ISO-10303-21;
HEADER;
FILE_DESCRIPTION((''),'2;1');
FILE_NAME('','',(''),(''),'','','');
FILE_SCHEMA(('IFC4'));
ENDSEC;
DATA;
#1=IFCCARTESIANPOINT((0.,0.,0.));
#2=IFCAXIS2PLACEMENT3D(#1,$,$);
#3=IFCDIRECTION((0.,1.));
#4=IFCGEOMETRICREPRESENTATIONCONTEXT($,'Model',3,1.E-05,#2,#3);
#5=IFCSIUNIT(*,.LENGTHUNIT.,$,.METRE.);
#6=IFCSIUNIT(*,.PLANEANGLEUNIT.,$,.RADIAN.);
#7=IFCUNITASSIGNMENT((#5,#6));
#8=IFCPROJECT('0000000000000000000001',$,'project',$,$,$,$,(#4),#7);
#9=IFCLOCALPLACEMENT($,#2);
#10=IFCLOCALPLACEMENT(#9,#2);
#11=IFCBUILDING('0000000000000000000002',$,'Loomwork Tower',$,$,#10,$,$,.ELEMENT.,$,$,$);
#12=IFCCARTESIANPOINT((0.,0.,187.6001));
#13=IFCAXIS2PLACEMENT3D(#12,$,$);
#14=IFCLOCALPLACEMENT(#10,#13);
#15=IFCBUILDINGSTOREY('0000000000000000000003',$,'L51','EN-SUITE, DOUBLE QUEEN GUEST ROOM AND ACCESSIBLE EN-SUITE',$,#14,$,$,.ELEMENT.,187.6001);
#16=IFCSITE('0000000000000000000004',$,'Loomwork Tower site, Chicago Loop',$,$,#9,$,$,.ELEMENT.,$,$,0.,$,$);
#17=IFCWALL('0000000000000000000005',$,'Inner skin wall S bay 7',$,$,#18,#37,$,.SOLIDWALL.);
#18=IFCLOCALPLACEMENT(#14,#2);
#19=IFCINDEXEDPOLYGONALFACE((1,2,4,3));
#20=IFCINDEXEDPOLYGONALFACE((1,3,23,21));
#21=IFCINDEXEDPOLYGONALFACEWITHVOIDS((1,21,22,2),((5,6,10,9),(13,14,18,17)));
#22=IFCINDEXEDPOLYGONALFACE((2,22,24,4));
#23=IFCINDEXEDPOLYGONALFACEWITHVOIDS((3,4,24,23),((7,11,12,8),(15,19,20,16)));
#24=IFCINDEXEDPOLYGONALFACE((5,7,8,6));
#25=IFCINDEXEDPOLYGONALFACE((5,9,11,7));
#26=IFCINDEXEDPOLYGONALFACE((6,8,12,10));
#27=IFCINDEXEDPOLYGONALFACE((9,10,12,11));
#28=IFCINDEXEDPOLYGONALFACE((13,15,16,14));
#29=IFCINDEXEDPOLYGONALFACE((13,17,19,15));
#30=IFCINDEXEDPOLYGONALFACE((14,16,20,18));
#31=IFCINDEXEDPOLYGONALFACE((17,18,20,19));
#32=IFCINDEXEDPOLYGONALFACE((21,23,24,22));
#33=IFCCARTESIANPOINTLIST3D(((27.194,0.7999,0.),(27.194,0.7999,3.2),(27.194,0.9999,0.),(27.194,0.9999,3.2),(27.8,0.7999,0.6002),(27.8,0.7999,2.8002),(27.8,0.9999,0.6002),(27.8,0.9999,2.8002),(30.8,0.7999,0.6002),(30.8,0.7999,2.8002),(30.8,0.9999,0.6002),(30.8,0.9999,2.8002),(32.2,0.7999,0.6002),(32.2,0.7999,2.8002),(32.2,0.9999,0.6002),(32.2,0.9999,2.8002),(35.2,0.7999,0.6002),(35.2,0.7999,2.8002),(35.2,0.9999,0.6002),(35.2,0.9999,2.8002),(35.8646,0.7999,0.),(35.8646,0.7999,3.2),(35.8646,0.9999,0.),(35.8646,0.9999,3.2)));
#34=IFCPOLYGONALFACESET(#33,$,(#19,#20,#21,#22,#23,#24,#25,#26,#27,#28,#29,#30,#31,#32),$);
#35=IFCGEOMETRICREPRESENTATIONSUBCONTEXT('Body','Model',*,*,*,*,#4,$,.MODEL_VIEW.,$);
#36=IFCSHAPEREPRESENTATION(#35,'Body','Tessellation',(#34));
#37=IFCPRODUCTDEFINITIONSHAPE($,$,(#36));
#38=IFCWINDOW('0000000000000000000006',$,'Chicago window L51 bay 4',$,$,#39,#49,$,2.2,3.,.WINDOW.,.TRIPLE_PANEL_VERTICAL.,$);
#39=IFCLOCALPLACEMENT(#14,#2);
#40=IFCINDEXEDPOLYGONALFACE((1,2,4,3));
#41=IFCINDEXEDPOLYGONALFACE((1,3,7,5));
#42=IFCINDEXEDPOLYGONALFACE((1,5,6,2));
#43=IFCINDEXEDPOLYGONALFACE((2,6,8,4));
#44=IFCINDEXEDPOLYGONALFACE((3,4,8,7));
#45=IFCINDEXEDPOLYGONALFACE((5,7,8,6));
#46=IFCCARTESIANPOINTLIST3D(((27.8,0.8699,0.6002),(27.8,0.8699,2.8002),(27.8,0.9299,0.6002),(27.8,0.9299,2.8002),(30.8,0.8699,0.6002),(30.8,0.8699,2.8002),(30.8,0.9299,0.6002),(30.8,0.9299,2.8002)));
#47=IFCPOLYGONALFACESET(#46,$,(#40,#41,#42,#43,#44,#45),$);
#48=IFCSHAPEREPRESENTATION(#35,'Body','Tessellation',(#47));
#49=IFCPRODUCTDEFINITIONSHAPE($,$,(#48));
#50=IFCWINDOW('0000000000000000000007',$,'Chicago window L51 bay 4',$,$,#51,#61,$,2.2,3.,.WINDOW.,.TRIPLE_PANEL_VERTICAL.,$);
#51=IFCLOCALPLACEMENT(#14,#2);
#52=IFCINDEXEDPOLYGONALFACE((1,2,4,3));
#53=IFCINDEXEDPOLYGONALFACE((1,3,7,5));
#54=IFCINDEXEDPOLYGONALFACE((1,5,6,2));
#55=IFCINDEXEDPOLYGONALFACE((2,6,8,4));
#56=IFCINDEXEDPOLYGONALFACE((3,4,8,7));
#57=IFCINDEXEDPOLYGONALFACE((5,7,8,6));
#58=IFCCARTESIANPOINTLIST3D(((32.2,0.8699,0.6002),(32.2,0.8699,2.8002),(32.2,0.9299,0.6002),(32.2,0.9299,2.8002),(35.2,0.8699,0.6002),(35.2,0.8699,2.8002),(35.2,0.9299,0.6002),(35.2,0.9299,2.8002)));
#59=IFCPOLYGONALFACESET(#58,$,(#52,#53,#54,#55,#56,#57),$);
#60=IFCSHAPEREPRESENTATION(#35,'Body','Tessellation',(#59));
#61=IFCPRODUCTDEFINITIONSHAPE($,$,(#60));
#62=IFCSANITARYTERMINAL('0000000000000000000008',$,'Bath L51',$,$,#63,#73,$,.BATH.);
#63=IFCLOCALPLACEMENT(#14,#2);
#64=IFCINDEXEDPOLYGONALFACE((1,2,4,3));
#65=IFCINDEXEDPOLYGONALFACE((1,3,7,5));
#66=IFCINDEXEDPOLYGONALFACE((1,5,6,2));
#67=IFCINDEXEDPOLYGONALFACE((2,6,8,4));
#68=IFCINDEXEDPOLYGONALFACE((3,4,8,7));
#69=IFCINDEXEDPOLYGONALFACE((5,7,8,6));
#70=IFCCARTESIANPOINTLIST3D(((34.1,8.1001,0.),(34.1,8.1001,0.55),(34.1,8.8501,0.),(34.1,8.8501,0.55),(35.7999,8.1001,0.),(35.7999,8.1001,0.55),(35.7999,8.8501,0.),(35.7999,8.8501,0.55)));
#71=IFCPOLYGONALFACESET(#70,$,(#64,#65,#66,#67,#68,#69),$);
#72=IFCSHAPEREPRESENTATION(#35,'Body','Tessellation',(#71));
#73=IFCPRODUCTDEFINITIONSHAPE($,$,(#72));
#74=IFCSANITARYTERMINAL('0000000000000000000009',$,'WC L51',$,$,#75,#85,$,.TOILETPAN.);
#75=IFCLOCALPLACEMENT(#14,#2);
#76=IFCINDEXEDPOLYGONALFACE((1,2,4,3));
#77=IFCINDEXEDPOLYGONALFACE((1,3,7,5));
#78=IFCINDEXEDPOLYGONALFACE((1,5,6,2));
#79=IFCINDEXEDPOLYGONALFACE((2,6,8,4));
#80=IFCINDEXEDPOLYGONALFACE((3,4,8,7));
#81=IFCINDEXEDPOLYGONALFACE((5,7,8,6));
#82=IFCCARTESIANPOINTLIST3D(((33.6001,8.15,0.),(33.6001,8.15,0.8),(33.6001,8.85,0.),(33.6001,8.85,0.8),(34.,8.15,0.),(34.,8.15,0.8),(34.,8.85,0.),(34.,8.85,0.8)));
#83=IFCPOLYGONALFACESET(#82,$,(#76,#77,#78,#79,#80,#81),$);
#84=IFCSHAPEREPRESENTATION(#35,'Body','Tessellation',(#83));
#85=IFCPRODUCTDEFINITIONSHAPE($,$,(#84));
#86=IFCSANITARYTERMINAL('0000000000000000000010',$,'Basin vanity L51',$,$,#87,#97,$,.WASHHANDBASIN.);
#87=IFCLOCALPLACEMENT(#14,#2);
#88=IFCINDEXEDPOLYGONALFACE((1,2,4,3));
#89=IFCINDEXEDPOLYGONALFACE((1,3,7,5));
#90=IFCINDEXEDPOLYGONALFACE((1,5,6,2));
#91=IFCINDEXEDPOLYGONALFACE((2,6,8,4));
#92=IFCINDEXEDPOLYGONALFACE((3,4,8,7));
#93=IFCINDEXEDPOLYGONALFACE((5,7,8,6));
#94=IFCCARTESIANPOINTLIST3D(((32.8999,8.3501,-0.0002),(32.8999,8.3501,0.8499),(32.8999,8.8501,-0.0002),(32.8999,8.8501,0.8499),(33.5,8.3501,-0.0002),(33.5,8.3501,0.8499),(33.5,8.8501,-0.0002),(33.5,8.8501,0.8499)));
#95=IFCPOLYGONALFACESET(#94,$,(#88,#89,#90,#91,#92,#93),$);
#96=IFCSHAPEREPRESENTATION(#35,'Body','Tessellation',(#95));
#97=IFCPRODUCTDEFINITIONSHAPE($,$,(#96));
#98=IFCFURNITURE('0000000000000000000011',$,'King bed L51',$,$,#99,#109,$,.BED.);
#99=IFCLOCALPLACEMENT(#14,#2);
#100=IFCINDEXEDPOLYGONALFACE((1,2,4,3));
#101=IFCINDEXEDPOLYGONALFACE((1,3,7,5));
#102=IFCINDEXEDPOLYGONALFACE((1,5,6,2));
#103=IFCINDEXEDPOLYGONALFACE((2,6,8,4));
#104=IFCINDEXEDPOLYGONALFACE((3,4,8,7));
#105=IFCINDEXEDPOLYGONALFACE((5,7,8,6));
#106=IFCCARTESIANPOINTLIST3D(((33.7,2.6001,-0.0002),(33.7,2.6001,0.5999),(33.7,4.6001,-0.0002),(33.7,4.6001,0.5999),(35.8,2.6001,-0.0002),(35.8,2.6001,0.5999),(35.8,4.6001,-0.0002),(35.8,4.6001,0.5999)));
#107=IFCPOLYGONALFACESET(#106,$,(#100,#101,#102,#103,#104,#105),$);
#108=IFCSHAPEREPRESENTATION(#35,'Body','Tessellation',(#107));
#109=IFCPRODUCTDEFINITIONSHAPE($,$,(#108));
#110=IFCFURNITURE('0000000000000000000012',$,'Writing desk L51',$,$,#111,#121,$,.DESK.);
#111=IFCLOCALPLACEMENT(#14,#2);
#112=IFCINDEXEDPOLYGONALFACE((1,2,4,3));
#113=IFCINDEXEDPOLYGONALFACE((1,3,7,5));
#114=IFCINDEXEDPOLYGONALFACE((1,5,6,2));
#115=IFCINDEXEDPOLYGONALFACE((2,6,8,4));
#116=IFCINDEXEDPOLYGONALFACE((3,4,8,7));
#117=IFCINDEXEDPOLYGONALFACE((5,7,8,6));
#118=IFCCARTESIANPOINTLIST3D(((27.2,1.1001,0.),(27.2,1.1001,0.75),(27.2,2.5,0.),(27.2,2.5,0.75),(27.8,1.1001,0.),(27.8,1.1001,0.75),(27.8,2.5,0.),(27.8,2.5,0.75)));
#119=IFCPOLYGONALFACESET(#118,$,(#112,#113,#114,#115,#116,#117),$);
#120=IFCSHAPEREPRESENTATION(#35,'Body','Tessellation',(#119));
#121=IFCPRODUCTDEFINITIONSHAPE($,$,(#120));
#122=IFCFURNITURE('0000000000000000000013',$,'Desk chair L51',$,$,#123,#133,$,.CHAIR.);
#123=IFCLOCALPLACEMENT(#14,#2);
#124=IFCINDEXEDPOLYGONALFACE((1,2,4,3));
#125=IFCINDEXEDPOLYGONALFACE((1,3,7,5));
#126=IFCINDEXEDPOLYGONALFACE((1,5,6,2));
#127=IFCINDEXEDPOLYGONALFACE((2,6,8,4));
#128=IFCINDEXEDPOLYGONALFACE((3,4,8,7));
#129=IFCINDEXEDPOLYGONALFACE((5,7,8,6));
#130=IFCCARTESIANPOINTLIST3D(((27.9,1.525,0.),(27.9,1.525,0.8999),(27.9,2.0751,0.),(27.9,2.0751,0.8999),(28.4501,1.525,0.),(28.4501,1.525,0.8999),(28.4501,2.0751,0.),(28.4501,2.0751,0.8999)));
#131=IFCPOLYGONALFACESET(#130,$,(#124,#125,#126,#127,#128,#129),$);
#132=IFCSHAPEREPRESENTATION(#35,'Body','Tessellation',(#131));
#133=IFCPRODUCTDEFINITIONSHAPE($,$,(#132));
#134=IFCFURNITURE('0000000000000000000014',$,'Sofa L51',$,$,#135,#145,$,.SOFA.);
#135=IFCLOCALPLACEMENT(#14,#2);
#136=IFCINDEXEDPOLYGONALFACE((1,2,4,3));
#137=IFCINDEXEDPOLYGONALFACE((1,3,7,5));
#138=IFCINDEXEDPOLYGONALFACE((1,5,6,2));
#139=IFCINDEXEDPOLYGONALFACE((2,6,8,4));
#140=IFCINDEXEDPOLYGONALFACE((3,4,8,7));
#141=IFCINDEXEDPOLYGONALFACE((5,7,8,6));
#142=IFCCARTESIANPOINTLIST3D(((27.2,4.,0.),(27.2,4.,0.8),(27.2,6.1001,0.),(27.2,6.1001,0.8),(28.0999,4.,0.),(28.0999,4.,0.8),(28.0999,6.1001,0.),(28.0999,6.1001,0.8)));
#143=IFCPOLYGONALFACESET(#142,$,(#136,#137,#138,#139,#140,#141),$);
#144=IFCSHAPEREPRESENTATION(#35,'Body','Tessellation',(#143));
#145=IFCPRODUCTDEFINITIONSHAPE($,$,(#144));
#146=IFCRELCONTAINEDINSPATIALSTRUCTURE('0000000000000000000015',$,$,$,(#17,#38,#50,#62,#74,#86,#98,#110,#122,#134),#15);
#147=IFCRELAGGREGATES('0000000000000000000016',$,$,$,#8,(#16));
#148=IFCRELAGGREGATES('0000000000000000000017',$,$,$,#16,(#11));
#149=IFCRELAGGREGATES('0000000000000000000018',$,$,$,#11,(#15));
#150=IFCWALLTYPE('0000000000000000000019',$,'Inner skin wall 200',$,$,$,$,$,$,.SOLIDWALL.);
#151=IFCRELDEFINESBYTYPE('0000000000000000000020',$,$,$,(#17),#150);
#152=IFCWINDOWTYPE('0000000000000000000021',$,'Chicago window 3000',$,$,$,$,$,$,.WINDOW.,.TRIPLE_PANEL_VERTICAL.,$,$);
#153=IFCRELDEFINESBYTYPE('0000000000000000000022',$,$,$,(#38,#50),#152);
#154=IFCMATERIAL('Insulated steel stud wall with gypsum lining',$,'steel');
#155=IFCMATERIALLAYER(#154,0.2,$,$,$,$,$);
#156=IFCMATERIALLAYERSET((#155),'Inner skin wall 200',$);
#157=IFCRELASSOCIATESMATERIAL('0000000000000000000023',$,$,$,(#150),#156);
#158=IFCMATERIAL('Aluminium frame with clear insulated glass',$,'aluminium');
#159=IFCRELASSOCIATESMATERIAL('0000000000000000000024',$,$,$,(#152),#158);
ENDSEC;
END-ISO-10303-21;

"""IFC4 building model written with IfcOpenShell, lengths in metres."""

from ifc_helpers import new_model, si_unit, direction, frame, frame_2d, origin, origin_2d, place, context, subcontext, project, spatial, rectangle, extrude, material, layer, layer_set, type_object, element, fill, save


model = new_model("IFC4")

# Units and contexts
model_context = context("Model", 3, precision=1e-05, world=origin(), true_north=direction((0.0, 1.0)))
body_context = subcontext(model_context, "Body", "Model", "MODEL_VIEW")
ifc_project = project(units=[si_unit("LENGTHUNIT", "METRE"), si_unit("PLANEANGLEUNIT", "RADIAN")], contexts=[model_context])

# Site, building, storey
site_placement = place(None, origin())
site = spatial("IfcSite", under=ifc_project, at=site_placement, Name="Loomwork Tower site, Chicago Loop", CompositionType="ELEMENT", RefElevation=0.0)
building_placement = place(site_placement, origin())
building = spatial("IfcBuilding", under=site, at=building_placement, Name="Loomwork Tower", CompositionType="ELEMENT")
storey_placement = place(building_placement, frame((0.0, 0.0, 187.6001)))
storey = spatial("IfcBuildingStorey", under=building, at=storey_placement, Name="L51", Description="EN-SUITE, DOUBLE QUEEN GUEST ROOM AND ACCESSIBLE EN-SUITE", CompositionType="ELEMENT", Elevation=187.6001)

# Wall, openings, windows
ifc_material_1 = material(Name="Insulated steel stud wall with gypsum lining", Category="steel")
ifc_layer_1 = layer(ifc_material_1, 0.2)
ifc_layer_set_1 = layer_set([ifc_layer_1], Name="Inner skin wall 200")
wall_type_1 = type_object("IfcWallType", Name="Inner skin wall 200", PredefinedType="SOLIDWALL", material=ifc_layer_set_1)
wall_1_placement = place(storey_placement, frame((27.1938, 0.8999, 0.0), z_axis=(0.0, 0.0, 1.0), x_axis=(1.0, 0.0, 0.0)))
wall_1 = element("IfcWall", 1, at=wall_1_placement, inside=storey, type_object=wall_type_1, Name="Inner skin wall S bay 7", PredefinedType="SOLIDWALL", context=body_context, shape_type="SweptSolid", body=[
    extrude(rectangle(XDim=8.6707, YDim=0.2, at=frame_2d((4.3354, 0.0))), origin(), (0.0, 0.0, 1.0), 3.2),
])
opening_1_placement = place(wall_1_placement, frame((0.6062, 0.0, 0.6001)))
opening_1 = element("IfcOpeningElement", 2, at=opening_1_placement, cuts=wall_1, PredefinedType="OPENING", context=body_context, shape_type="SweptSolid", body=[
    extrude(rectangle(XDim=3.0, YDim=2.2, at=frame_2d((1.5, 1.1001))), frame((0.0, 0.1099, 0.0), z_axis=(0.0, -1.0, 0.0), x_axis=(1.0, 0.0, 0.0)), (0.0, 0.0, 1.0), 0.22),
])
opening_2_placement = place(wall_1_placement, frame((5.0061, 0.0, 0.6001)))
opening_2 = element("IfcOpeningElement", 3, at=opening_2_placement, cuts=wall_1, PredefinedType="OPENING", context=body_context, shape_type="SweptSolid", body=[
    extrude(rectangle(XDim=3.0, YDim=2.2, at=frame_2d((1.5, 1.1001))), frame((0.0, 0.1099, 0.0), z_axis=(0.0, -1.0, 0.0), x_axis=(1.0, 0.0, 0.0)), (0.0, 0.0, 1.0), 0.22),
])
ifc_material_2 = material(Name="Aluminium frame with clear insulated glass", Category="aluminium")
window_type = type_object("IfcWindowType", Name="Chicago window 3000", PartitioningType="TRIPLE_PANEL_VERTICAL", PredefinedType="WINDOW", material=ifc_material_2)
window_1_placement = place(opening_1_placement, origin())
window_1 = element("IfcWindow", 4, at=window_1_placement, inside=storey, type_object=window_type, Name="Chicago window L51 bay 4", OverallHeight=2.2, OverallWidth=3.0, PartitioningType="TRIPLE_PANEL_VERTICAL", PredefinedType="WINDOW", context=body_context, shape_type="SweptSolid", body=[
    extrude(rectangle(XDim=3.0, YDim=2.2, at=frame_2d((1.5, 1.1001))), frame((0.0, 0.03, 0.0), z_axis=(0.0, -1.0, 0.0), x_axis=(1.0, 0.0, 0.0)), (0.0, 0.0, 1.0), 0.0601),
])
fill(opening_1, window_1)
window_2_placement = place(opening_2_placement, origin())
window_2 = element("IfcWindow", 5, at=window_2_placement, inside=storey, type_object=window_type, Name="Chicago window L51 bay 4", OverallHeight=2.2, OverallWidth=3.0, PartitioningType="TRIPLE_PANEL_VERTICAL", PredefinedType="WINDOW", context=body_context, shape_type="SweptSolid", body=[
    extrude(rectangle(XDim=3.0, YDim=2.2, at=frame_2d((1.5, 1.1001))), frame((0.0, 0.03, 0.0), z_axis=(0.0, -1.0, 0.0), x_axis=(1.0, 0.0, 0.0)), (0.0, 0.0, 1.0), 0.0601),
])
fill(opening_2, window_2)

# Sanitary terminals
sanitary_terminal_1_placement = place(storey_placement, frame((34.95, 8.4751, 0.0), z_axis=(0.0, 0.0, 1.0), x_axis=(1.0, 0.0, 0.0)))
element("IfcSanitaryTerminal", 6, at=sanitary_terminal_1_placement, inside=storey, Name="Bath L51", PredefinedType="BATH", context=body_context, shape_type="SweptSolid", body=[
    extrude(rectangle(XDim=1.7, YDim=0.75, at=origin_2d()), origin(), (0.0, 0.0, 1.0), 0.55),
])
sanitary_terminal_2_placement = place(storey_placement, frame((33.8, 8.5, 0.0), z_axis=(0.0, 0.0, 1.0), x_axis=(1.0, 0.0, 0.0)))
element("IfcSanitaryTerminal", 7, at=sanitary_terminal_2_placement, inside=storey, Name="WC L51", PredefinedType="TOILETPAN", context=body_context, shape_type="SweptSolid", body=[
    extrude(rectangle(XDim=0.3999, YDim=0.7, at=origin_2d()), origin(), (0.0, 0.0, 1.0), 0.8),
])
sanitary_terminal_3_placement = place(storey_placement, frame((33.2, 8.6001, -0.0002), z_axis=(0.0, 0.0, 1.0), x_axis=(1.0, 0.0, 0.0)))
element("IfcSanitaryTerminal", 8, at=sanitary_terminal_3_placement, inside=storey, Name="Basin vanity L51", PredefinedType="WASHHANDBASIN", context=body_context, shape_type="SweptSolid", body=[
    extrude(rectangle(XDim=0.6001, YDim=0.5, at=origin_2d()), origin(), (0.0, 0.0, 1.0), 0.8501),
])

# Furniture
furniture_1_placement = place(storey_placement, frame((34.75, 3.6001, -0.0002), z_axis=(0.0, 0.0, 1.0), x_axis=(1.0, 0.0, 0.0)))
element("IfcFurniture", 9, at=furniture_1_placement, inside=storey, Name="King bed L51", PredefinedType="BED", context=body_context, shape_type="SweptSolid", body=[
    extrude(rectangle(XDim=2.1001, YDim=2.0, at=origin_2d()), origin(), (0.0, 0.0, 1.0), 0.6001),
])
furniture_2_placement = place(storey_placement, frame((27.5, 1.8, 0.0), z_axis=(0.0, 0.0, 1.0), x_axis=(1.0, 0.0, 0.0)))
element("IfcFurniture", 10, at=furniture_2_placement, inside=storey, Name="Writing desk L51", PredefinedType="DESK", context=body_context, shape_type="SweptSolid", body=[
    extrude(rectangle(XDim=0.6001, YDim=1.3999, at=origin_2d()), origin(), (0.0, 0.0, 1.0), 0.75),
])
furniture_3_placement = place(storey_placement, frame((28.175, 1.8, 0.0), z_axis=(0.0, 0.0, 1.0), x_axis=(1.0, 0.0, 0.0)))
element("IfcFurniture", 11, at=furniture_3_placement, inside=storey, Name="Desk chair L51", PredefinedType="CHAIR", context=body_context, shape_type="SweptSolid", body=[
    extrude(rectangle(XDim=0.55, YDim=0.55, at=origin_2d()), origin(), (0.0, 0.0, 1.0), 0.8999),
])
furniture_4_placement = place(storey_placement, frame((27.6499, 5.05, 0.0), z_axis=(0.0, 0.0, 1.0), x_axis=(1.0, 0.0, 0.0)))
element("IfcFurniture", 12, at=furniture_4_placement, inside=storey, Name="Sofa L51", PredefinedType="SOFA", context=body_context, shape_type="SweptSolid", body=[
    extrude(rectangle(XDim=0.8999, YDim=2.1001, at=origin_2d()), origin(), (0.0, 0.0, 1.0), 0.8),
])

save(model, "model.ifc")
